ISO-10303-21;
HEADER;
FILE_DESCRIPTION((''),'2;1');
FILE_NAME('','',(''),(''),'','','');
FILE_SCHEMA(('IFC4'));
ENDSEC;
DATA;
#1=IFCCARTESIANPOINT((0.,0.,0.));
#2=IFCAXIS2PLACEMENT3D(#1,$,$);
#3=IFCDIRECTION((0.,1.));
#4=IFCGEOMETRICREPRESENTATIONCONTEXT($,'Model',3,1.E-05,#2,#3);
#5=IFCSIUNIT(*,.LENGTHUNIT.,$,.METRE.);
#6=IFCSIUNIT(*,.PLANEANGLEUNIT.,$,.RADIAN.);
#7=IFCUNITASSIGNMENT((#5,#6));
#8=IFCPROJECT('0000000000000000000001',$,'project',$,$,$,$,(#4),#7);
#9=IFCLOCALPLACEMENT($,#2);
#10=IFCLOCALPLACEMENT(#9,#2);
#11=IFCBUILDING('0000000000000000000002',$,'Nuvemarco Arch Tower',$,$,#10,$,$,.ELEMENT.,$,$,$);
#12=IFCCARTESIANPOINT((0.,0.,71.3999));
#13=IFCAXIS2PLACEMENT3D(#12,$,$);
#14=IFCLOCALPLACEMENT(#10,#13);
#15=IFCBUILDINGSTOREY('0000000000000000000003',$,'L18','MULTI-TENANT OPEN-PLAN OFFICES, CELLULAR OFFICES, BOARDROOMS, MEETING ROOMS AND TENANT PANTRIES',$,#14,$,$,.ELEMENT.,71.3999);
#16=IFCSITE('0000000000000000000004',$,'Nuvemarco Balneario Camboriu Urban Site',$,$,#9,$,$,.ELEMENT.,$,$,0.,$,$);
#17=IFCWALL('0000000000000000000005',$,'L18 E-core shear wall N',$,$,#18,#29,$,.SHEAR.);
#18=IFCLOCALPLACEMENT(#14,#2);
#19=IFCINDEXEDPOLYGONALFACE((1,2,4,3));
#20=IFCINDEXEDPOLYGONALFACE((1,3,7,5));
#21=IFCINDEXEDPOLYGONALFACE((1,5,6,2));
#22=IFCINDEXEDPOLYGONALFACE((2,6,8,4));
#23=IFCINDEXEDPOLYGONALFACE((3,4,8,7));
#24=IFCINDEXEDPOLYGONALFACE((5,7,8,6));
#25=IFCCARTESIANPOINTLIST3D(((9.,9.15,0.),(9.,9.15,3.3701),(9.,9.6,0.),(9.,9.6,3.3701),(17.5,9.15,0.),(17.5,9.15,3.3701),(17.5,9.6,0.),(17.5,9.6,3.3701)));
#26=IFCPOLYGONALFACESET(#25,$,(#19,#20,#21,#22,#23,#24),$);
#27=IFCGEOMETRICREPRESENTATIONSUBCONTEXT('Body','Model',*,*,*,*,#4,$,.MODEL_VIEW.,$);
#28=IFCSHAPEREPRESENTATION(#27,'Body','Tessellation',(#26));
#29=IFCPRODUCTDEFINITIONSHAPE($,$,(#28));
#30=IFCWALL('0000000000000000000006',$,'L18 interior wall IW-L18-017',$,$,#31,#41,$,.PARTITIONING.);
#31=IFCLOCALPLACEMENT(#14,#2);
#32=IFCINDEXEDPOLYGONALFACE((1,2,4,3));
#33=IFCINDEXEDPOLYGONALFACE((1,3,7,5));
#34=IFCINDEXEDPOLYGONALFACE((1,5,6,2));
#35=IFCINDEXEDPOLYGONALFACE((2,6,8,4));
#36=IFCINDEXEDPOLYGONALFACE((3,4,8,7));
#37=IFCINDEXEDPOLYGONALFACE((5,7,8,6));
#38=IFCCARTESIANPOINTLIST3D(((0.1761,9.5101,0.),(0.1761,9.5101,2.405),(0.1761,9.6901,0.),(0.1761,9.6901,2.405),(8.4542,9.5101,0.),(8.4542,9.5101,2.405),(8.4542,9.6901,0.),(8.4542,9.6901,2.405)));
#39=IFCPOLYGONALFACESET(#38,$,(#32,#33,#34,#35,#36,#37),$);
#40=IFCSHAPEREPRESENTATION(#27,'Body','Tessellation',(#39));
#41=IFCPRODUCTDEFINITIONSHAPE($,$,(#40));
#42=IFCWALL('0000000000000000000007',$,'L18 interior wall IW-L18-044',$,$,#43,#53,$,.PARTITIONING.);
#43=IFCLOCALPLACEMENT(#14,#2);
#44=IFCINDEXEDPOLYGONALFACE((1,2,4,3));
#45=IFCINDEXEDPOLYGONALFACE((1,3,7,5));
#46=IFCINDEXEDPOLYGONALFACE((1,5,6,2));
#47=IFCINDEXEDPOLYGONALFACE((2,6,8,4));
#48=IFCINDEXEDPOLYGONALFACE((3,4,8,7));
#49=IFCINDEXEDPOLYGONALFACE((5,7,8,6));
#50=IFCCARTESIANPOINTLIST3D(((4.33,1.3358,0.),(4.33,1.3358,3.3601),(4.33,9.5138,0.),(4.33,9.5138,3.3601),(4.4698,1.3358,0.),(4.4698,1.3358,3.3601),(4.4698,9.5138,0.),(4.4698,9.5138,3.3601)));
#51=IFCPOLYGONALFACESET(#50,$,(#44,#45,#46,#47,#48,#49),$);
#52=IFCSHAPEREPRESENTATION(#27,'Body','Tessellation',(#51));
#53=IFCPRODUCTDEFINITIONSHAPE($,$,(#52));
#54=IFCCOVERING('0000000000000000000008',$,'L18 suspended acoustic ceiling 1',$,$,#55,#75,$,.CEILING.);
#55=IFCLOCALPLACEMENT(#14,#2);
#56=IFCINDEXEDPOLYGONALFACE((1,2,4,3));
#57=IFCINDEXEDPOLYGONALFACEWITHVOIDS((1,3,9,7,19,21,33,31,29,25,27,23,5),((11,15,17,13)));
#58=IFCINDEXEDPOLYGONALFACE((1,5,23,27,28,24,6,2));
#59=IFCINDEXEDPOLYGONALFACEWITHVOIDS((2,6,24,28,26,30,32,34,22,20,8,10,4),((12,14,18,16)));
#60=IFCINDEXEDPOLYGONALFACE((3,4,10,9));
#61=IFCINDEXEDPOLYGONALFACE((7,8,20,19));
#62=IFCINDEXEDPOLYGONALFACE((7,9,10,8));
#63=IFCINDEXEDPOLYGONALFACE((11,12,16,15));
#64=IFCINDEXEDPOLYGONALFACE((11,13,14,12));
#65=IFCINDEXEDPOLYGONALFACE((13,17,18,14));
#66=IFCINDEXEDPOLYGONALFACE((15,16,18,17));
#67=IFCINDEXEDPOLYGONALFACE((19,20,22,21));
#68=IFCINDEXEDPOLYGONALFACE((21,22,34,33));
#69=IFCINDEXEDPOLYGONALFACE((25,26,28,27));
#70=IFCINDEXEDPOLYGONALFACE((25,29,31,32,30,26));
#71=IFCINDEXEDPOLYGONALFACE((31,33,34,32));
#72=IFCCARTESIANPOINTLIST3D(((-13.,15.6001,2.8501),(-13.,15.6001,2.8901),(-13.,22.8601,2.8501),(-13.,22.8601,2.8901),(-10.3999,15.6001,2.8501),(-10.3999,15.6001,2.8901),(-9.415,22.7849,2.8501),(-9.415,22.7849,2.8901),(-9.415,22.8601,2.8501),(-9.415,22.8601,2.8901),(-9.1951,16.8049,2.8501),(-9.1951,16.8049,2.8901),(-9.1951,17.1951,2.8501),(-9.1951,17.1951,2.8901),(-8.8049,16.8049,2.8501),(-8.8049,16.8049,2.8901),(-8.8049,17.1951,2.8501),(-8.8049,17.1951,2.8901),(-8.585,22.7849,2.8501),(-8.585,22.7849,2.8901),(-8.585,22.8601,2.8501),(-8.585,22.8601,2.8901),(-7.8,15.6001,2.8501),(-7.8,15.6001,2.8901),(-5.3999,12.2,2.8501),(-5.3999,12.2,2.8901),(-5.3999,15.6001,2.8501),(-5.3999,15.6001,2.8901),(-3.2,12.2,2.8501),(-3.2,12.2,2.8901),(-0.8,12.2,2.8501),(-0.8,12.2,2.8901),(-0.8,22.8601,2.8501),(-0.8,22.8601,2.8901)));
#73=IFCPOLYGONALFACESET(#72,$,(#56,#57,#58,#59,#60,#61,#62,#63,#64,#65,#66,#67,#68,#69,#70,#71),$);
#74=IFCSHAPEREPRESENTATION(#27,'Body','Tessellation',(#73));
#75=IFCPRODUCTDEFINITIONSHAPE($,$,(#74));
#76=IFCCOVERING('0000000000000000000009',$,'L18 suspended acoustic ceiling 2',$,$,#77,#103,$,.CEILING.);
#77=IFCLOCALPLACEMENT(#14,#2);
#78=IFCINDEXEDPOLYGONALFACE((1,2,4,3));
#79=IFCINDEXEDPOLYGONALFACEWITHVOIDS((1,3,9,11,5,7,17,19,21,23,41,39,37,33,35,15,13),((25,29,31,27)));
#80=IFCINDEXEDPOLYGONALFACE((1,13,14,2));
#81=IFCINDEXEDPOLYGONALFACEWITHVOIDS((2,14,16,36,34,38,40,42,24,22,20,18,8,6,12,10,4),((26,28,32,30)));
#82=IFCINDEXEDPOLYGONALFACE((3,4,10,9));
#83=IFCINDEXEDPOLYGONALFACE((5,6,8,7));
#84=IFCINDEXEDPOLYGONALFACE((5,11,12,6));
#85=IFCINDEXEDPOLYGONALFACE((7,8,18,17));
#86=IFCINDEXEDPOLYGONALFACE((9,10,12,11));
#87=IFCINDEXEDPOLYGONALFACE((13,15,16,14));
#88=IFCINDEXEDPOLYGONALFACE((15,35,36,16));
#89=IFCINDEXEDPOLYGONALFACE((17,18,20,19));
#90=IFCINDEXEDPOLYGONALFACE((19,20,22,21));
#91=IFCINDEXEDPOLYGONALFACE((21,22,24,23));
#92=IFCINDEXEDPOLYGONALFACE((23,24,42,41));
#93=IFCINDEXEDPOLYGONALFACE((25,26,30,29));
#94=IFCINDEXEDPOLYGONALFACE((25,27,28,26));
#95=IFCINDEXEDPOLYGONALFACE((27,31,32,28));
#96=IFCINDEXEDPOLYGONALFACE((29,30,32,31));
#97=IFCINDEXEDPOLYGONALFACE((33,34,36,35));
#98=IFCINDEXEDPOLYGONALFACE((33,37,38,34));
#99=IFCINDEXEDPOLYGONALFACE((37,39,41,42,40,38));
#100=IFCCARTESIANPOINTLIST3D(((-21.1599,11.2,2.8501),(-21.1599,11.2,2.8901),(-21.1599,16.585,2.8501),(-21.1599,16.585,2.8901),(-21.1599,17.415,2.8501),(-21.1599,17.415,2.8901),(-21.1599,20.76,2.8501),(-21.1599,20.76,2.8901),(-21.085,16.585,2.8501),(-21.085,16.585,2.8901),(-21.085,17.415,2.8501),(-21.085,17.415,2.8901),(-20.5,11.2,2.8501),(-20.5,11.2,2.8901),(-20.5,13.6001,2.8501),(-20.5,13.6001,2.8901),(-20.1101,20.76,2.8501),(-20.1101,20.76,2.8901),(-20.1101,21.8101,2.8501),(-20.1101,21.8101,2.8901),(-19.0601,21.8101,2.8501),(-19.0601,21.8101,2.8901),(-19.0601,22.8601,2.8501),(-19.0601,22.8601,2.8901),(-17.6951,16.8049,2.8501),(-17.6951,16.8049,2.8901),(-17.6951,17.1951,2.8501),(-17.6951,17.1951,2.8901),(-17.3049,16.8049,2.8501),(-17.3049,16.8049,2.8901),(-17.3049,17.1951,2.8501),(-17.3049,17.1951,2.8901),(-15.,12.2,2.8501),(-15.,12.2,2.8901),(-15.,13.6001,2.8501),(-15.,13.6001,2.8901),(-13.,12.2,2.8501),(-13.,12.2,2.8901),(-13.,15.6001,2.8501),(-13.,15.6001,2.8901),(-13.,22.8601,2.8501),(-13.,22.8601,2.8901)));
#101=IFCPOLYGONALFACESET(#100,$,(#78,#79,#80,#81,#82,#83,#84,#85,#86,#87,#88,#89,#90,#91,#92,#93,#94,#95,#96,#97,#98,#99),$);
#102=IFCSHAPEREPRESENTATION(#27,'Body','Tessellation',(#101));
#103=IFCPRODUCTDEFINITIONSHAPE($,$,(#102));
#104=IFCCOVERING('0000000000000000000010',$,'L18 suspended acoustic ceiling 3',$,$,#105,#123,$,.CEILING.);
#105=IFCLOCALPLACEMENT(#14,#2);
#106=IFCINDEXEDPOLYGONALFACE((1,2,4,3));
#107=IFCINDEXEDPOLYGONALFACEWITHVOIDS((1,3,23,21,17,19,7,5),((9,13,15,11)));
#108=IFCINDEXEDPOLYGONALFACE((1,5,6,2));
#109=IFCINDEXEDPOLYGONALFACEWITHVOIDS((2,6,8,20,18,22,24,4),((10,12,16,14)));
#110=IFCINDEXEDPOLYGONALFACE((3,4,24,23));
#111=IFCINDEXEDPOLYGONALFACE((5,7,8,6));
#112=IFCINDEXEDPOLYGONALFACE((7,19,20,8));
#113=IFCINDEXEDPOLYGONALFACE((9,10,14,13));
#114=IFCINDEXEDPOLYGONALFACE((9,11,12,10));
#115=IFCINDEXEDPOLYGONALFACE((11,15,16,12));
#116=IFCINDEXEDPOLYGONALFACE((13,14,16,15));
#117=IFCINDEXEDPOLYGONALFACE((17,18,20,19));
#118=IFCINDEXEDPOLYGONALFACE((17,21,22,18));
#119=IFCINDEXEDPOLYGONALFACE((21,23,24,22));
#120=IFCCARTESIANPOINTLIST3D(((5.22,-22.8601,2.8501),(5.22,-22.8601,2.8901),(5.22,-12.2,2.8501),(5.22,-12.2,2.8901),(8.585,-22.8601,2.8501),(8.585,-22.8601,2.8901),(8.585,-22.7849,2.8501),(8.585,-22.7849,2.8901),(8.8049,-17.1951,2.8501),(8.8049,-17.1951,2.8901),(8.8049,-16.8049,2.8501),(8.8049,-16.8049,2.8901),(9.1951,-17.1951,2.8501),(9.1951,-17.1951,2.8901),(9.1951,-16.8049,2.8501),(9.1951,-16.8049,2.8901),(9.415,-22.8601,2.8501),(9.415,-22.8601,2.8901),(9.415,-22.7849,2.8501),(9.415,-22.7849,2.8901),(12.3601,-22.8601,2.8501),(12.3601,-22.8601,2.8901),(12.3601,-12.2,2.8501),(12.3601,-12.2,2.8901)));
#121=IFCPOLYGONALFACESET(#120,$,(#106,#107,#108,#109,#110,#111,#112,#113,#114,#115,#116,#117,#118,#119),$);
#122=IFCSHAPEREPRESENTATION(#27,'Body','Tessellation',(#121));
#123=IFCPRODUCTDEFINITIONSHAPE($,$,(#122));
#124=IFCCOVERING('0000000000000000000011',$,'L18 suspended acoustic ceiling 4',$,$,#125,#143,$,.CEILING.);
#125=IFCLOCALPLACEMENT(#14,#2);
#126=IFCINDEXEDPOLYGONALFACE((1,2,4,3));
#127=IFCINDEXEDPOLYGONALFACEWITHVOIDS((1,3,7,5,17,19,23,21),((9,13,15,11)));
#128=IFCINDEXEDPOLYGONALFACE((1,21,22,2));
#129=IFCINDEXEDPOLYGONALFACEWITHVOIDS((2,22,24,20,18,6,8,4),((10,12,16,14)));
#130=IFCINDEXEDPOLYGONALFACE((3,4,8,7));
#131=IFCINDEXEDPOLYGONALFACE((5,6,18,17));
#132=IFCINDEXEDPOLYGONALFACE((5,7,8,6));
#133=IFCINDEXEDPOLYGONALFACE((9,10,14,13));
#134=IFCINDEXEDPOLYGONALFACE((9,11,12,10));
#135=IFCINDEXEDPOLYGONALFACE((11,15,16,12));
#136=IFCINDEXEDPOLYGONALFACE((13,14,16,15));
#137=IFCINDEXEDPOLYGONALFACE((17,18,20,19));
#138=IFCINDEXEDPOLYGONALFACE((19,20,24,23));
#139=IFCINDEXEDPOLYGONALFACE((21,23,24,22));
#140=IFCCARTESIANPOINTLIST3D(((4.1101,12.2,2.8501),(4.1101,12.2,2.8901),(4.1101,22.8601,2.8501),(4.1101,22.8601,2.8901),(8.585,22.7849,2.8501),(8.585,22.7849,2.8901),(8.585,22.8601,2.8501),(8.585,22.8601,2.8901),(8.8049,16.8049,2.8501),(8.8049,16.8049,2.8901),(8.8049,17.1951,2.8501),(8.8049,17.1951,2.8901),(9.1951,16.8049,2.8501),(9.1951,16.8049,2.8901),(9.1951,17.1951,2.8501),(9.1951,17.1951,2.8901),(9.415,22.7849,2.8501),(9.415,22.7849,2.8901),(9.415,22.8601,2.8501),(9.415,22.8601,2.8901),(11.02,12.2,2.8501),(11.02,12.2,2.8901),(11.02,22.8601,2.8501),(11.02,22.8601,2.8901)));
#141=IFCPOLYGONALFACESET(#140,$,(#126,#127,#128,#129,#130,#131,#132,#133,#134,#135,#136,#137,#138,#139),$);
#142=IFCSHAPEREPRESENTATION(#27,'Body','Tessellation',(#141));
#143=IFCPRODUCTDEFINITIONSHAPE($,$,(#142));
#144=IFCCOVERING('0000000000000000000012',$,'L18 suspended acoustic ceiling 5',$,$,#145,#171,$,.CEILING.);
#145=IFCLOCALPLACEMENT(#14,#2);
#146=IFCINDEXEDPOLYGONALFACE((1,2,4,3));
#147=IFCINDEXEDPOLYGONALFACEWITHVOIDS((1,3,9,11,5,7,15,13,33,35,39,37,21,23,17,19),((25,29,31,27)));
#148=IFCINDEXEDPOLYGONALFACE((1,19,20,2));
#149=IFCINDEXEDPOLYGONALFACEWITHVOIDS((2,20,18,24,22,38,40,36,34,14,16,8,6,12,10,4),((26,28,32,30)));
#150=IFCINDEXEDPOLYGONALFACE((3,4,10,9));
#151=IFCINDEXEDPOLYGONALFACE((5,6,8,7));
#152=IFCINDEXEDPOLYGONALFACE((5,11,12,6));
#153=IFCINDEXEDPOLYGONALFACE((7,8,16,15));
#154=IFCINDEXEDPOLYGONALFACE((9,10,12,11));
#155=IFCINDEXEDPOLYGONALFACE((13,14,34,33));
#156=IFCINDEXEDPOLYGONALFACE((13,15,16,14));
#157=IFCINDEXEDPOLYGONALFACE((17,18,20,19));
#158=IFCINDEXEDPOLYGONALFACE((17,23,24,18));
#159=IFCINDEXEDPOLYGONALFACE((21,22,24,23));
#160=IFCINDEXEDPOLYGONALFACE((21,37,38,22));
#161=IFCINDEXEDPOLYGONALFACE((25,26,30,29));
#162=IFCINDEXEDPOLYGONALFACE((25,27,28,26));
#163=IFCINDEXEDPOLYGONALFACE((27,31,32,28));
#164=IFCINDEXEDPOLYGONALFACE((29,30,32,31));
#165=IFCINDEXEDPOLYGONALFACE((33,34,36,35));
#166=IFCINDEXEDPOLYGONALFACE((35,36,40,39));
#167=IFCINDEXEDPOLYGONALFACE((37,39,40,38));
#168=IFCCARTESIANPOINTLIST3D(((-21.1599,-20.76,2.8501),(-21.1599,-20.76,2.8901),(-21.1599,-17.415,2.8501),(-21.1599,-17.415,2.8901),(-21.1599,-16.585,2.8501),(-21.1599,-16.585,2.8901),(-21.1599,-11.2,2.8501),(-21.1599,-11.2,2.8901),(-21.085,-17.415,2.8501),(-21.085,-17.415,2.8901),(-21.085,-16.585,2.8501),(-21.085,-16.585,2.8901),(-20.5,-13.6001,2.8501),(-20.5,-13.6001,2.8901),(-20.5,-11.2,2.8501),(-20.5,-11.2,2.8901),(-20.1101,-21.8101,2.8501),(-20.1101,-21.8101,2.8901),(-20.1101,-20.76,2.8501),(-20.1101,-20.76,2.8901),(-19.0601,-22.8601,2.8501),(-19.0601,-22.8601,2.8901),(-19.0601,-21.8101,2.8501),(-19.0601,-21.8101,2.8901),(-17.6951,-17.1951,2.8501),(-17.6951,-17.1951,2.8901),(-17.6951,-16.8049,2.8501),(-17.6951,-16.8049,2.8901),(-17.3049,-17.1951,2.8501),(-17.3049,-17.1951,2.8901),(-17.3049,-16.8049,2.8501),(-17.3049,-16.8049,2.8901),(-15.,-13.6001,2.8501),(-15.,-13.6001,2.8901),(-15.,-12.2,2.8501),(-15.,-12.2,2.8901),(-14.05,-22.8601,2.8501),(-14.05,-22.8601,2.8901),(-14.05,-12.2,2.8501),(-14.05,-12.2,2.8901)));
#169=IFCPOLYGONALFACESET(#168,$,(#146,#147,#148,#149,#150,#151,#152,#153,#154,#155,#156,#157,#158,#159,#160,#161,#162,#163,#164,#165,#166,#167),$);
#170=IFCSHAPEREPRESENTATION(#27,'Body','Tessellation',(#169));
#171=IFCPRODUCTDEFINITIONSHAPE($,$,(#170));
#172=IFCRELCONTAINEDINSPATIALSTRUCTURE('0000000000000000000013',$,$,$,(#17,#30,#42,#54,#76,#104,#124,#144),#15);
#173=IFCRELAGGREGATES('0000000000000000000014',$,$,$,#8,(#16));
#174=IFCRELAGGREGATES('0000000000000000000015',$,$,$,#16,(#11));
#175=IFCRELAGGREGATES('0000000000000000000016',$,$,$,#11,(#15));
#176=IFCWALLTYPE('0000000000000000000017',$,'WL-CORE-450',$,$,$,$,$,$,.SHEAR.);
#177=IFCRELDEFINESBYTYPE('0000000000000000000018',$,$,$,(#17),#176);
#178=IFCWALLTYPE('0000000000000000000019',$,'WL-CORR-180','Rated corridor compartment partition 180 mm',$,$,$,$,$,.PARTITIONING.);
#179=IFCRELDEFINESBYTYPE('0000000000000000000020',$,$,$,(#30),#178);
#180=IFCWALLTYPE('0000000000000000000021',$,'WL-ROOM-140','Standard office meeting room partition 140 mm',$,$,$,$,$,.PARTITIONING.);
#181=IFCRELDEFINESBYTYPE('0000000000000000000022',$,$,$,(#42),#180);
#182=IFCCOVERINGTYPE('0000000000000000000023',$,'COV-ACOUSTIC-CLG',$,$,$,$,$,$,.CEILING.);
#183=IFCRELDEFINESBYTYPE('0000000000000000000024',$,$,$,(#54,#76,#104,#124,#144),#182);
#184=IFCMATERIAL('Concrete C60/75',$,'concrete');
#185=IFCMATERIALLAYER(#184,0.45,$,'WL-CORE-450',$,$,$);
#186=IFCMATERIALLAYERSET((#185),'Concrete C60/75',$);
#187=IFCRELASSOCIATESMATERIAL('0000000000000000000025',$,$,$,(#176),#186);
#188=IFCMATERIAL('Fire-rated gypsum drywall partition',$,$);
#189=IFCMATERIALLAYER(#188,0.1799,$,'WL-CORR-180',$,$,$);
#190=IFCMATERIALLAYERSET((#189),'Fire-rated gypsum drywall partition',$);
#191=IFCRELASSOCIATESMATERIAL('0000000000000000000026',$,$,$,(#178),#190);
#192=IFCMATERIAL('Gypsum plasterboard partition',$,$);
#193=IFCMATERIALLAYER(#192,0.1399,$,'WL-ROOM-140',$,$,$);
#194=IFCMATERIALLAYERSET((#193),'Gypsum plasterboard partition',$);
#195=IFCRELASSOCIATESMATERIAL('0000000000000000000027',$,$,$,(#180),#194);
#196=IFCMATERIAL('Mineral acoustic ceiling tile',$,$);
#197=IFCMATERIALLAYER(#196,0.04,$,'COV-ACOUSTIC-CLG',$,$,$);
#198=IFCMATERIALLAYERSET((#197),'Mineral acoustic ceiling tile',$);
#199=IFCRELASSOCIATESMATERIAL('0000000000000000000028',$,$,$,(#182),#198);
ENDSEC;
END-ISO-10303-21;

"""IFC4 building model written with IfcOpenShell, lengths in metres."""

from ifc_helpers import new_model, si_unit, direction, frame, frame_2d, origin, place, context, subcontext, project, spatial, polyline, rectangle, outline, extrude, material, layer, layer_set, type_object, element, save


model = new_model("IFC4")

# Units and contexts
model_context = context("Model", 3, precision=1e-05, world=origin(), true_north=direction((0.0, 1.0)))
body_context = subcontext(model_context, "Body", "Model", "MODEL_VIEW")
ifc_project = project(units=[si_unit("LENGTHUNIT", "METRE"), si_unit("PLANEANGLEUNIT", "RADIAN")], contexts=[model_context])

# Site, building, storey
site_placement = place(None, origin())
site = spatial("IfcSite", under=ifc_project, at=site_placement, Name="Nuvemarco Balneario Camboriu Urban Site", CompositionType="ELEMENT", RefElevation=0.0)
building_placement = place(site_placement, origin())
building = spatial("IfcBuilding", under=site, at=building_placement, Name="Nuvemarco Arch Tower", CompositionType="ELEMENT")
storey_placement = place(building_placement, frame((0.0, 0.0, 71.3999)))
storey = spatial("IfcBuildingStorey", under=building, at=storey_placement, Name="L18", Description="MULTI-TENANT OPEN-PLAN OFFICES, CELLULAR OFFICES, BOARDROOMS, MEETING ROOMS AND TENANT PANTRIES", CompositionType="ELEMENT", Elevation=71.3999)

# Shared definitions
ifc_material_1 = material(Name="Concrete C60/75", Category="concrete")

# Walls
ifc_layer_1 = layer(ifc_material_1, 0.45, Name="WL-CORE-450")
ifc_layer_set_1 = layer_set([ifc_layer_1], Name="Concrete C60/75")
wall_type_1 = type_object("IfcWallType", Name="WL-CORE-450", PredefinedType="SHEAR", material=ifc_layer_set_1)
wall_1_placement = place(storey_placement, frame((9.0, 9.375, 0.0), z_axis=(0.0, 0.0, 1.0), x_axis=(1.0, 0.0, 0.0)))
element("IfcWall", 1, at=wall_1_placement, inside=storey, type_object=wall_type_1, Name="L18 E-core shear wall N", PredefinedType="SHEAR", context=body_context, shape_type="SweptSolid", body=[
    extrude(rectangle(XDim=8.5, YDim=0.45, at=frame_2d((4.25, 0.0))), origin(), (0.0, 0.0, 1.0), 3.3701),
])
ifc_material_2 = material(Name="Fire-rated gypsum drywall partition")
ifc_layer_2 = layer(ifc_material_2, 0.1799, Name="WL-CORR-180")
ifc_layer_set_2 = layer_set([ifc_layer_2], Name="Fire-rated gypsum drywall partition")
wall_type_2 = type_object("IfcWallType", Name="WL-CORR-180", Description="Rated corridor compartment partition 180 mm", PredefinedType="PARTITIONING", material=ifc_layer_set_2)
wall_2_placement = place(storey_placement, frame((0.176, 9.6001, 0.0), z_axis=(0.0, 0.0, 1.0), x_axis=(1.0, 0.0, 0.0)))
element("IfcWall", 2, at=wall_2_placement, inside=storey, type_object=wall_type_2, Name="L18 interior wall IW-L18-017", PredefinedType="PARTITIONING", context=body_context, shape_type="SweptSolid", body=[
    extrude(rectangle(XDim=8.2781, YDim=0.1799, at=frame_2d((4.1392, 0.0))), origin(), (0.0, 0.0, 1.0), 2.405),
])
ifc_material_3 = material(Name="Gypsum plasterboard partition")
ifc_layer_3 = layer(ifc_material_3, 0.1399, Name="WL-ROOM-140")
ifc_layer_set_3 = layer_set([ifc_layer_3], Name="Gypsum plasterboard partition")
wall_type_3 = type_object("IfcWallType", Name="WL-ROOM-140", Description="Standard office meeting room partition 140 mm", PredefinedType="PARTITIONING", material=ifc_layer_set_3)
wall_3_placement = place(storey_placement, frame((4.3999, 1.3359, 0.0), z_axis=(0.0, 0.0, 1.0), x_axis=(0.0, 1.0, 0.0)))
element("IfcWall", 3, at=wall_3_placement, inside=storey, type_object=wall_type_3, Name="L18 interior wall IW-L18-044", PredefinedType="PARTITIONING", context=body_context, shape_type="SweptSolid", body=[
    extrude(rectangle(XDim=8.178, YDim=0.1399, at=frame_2d((4.0889, 0.0))), origin(), (0.0, 0.0, 1.0), 3.3601),
])

# Coverings
ifc_material_4 = material(Name="Mineral acoustic ceiling tile")
ifc_layer_4 = layer(ifc_material_4, 0.04, Name="COV-ACOUSTIC-CLG")
ifc_layer_set_4 = layer_set([ifc_layer_4], Name="Mineral acoustic ceiling tile")
covering_type_1 = type_object("IfcCoveringType", Name="COV-ACOUSTIC-CLG", PredefinedType="CEILING", material=ifc_layer_set_4)
covering_1_placement = place(storey_placement, frame((0.0, 0.0, 2.8501)))
element("IfcCovering", 4, at=covering_1_placement, inside=storey, type_object=covering_type_1, Name="L18 suspended acoustic ceiling 1", PredefinedType="CEILING", context=body_context, shape_type="SweptSolid", body=[
    extrude(outline(polyline([(-10.3999, 15.6001), (-13.0, 15.6001), (-13.0, 22.8601), (-9.415, 22.8601), (-9.415, 22.7849), (-8.585, 22.7849), (-8.585, 22.8601), (-0.8, 22.8601), (-0.8, 12.2), (-3.2, 12.2), (-5.3999, 12.2), (-5.3999, 15.6001), (-7.8, 15.6001), (-10.3999, 15.6001)]), holes=[polyline([(-8.8049, 16.8049), (-8.8049, 17.1951), (-9.1951, 17.1951), (-9.1951, 16.8049), (-8.8049, 16.8049)])]), origin(), (0.0, 0.0, 1.0), 0.04),
])
covering_2_placement = place(storey_placement, frame((0.0, 0.0, 2.8501)))
element("IfcCovering", 5, at=covering_2_placement, inside=storey, type_object=covering_type_1, Name="L18 suspended acoustic ceiling 2", PredefinedType="CEILING", context=body_context, shape_type="SweptSolid", body=[
    extrude(outline(polyline([(-21.1599, 11.2), (-21.1599, 16.585), (-21.085, 16.585), (-21.085, 17.415), (-21.1599, 17.415), (-21.1599, 20.76), (-20.1101, 20.76), (-20.1101, 21.8101), (-19.0601, 21.8101), (-19.0601, 22.8601), (-13.0, 22.8601), (-13.0, 15.6001), (-13.0, 12.2), (-15.0, 12.2), (-15.0, 13.6001), (-20.5, 13.6001), (-20.5, 11.2), (-21.1599, 11.2)]), holes=[polyline([(-17.3049, 16.8049), (-17.3049, 17.1951), (-17.6951, 17.1951), (-17.6951, 16.8049), (-17.3049, 16.8049)])]), origin(), (0.0, 0.0, 1.0), 0.04),
])
covering_3_placement = place(storey_placement, frame((0.0, 0.0, 2.8501)))
element("IfcCovering", 6, at=covering_3_placement, inside=storey, type_object=covering_type_1, Name="L18 suspended acoustic ceiling 3", PredefinedType="CEILING", context=body_context, shape_type="SweptSolid", body=[
    extrude(outline(polyline([(9.415, -22.8601), (9.415, -22.7849), (8.585, -22.7849), (8.585, -22.8601), (5.22, -22.8601), (5.22, -12.2), (12.3601, -12.2), (12.3601, -22.8601), (9.415, -22.8601)]), holes=[polyline([(9.1951, -17.1951), (9.1951, -16.8049), (8.8049, -16.8049), (8.8049, -17.1951), (9.1951, -17.1951)])]), origin(), (0.0, 0.0, 1.0), 0.04),
])
covering_4_placement = place(storey_placement, frame((0.0, 0.0, 2.8501)))
element("IfcCovering", 7, at=covering_4_placement, inside=storey, type_object=covering_type_1, Name="L18 suspended acoustic ceiling 4", PredefinedType="CEILING", context=body_context, shape_type="SweptSolid", body=[
    extrude(outline(polyline([(11.02, 12.2), (4.1101, 12.2), (4.1101, 22.8601), (8.585, 22.8601), (8.585, 22.7849), (9.415, 22.7849), (9.415, 22.8601), (11.02, 22.8601), (11.02, 12.2)]), holes=[polyline([(9.1951, 17.1951), (8.8049, 17.1951), (8.8049, 16.8049), (9.1951, 16.8049), (9.1951, 17.1951)])]), origin(), (0.0, 0.0, 1.0), 0.04),
])
covering_5_placement = place(storey_placement, frame((0.0, 0.0, 2.8501)))
element("IfcCovering", 8, at=covering_5_placement, inside=storey, type_object=covering_type_1, Name="L18 suspended acoustic ceiling 5", PredefinedType="CEILING", context=body_context, shape_type="SweptSolid", body=[
    extrude(outline(polyline([(-21.1599, -20.76), (-21.1599, -17.415), (-21.085, -17.415), (-21.085, -16.585), (-21.1599, -16.585), (-21.1599, -11.2), (-20.5, -11.2), (-20.5, -13.6001), (-15.0, -13.6001), (-15.0, -12.2), (-14.05, -12.2), (-14.05, -22.8601), (-19.0601, -22.8601), (-19.0601, -21.8101), (-20.1101, -21.8101), (-20.1101, -20.76), (-21.1599, -20.76)]), holes=[polyline([(-17.3049, -16.8049), (-17.6951, -16.8049), (-17.6951, -17.1951), (-17.3049, -17.1951), (-17.3049, -16.8049)])]), origin(), (0.0, 0.0, 1.0), 0.04),
])

save(model, "model.ifc")
